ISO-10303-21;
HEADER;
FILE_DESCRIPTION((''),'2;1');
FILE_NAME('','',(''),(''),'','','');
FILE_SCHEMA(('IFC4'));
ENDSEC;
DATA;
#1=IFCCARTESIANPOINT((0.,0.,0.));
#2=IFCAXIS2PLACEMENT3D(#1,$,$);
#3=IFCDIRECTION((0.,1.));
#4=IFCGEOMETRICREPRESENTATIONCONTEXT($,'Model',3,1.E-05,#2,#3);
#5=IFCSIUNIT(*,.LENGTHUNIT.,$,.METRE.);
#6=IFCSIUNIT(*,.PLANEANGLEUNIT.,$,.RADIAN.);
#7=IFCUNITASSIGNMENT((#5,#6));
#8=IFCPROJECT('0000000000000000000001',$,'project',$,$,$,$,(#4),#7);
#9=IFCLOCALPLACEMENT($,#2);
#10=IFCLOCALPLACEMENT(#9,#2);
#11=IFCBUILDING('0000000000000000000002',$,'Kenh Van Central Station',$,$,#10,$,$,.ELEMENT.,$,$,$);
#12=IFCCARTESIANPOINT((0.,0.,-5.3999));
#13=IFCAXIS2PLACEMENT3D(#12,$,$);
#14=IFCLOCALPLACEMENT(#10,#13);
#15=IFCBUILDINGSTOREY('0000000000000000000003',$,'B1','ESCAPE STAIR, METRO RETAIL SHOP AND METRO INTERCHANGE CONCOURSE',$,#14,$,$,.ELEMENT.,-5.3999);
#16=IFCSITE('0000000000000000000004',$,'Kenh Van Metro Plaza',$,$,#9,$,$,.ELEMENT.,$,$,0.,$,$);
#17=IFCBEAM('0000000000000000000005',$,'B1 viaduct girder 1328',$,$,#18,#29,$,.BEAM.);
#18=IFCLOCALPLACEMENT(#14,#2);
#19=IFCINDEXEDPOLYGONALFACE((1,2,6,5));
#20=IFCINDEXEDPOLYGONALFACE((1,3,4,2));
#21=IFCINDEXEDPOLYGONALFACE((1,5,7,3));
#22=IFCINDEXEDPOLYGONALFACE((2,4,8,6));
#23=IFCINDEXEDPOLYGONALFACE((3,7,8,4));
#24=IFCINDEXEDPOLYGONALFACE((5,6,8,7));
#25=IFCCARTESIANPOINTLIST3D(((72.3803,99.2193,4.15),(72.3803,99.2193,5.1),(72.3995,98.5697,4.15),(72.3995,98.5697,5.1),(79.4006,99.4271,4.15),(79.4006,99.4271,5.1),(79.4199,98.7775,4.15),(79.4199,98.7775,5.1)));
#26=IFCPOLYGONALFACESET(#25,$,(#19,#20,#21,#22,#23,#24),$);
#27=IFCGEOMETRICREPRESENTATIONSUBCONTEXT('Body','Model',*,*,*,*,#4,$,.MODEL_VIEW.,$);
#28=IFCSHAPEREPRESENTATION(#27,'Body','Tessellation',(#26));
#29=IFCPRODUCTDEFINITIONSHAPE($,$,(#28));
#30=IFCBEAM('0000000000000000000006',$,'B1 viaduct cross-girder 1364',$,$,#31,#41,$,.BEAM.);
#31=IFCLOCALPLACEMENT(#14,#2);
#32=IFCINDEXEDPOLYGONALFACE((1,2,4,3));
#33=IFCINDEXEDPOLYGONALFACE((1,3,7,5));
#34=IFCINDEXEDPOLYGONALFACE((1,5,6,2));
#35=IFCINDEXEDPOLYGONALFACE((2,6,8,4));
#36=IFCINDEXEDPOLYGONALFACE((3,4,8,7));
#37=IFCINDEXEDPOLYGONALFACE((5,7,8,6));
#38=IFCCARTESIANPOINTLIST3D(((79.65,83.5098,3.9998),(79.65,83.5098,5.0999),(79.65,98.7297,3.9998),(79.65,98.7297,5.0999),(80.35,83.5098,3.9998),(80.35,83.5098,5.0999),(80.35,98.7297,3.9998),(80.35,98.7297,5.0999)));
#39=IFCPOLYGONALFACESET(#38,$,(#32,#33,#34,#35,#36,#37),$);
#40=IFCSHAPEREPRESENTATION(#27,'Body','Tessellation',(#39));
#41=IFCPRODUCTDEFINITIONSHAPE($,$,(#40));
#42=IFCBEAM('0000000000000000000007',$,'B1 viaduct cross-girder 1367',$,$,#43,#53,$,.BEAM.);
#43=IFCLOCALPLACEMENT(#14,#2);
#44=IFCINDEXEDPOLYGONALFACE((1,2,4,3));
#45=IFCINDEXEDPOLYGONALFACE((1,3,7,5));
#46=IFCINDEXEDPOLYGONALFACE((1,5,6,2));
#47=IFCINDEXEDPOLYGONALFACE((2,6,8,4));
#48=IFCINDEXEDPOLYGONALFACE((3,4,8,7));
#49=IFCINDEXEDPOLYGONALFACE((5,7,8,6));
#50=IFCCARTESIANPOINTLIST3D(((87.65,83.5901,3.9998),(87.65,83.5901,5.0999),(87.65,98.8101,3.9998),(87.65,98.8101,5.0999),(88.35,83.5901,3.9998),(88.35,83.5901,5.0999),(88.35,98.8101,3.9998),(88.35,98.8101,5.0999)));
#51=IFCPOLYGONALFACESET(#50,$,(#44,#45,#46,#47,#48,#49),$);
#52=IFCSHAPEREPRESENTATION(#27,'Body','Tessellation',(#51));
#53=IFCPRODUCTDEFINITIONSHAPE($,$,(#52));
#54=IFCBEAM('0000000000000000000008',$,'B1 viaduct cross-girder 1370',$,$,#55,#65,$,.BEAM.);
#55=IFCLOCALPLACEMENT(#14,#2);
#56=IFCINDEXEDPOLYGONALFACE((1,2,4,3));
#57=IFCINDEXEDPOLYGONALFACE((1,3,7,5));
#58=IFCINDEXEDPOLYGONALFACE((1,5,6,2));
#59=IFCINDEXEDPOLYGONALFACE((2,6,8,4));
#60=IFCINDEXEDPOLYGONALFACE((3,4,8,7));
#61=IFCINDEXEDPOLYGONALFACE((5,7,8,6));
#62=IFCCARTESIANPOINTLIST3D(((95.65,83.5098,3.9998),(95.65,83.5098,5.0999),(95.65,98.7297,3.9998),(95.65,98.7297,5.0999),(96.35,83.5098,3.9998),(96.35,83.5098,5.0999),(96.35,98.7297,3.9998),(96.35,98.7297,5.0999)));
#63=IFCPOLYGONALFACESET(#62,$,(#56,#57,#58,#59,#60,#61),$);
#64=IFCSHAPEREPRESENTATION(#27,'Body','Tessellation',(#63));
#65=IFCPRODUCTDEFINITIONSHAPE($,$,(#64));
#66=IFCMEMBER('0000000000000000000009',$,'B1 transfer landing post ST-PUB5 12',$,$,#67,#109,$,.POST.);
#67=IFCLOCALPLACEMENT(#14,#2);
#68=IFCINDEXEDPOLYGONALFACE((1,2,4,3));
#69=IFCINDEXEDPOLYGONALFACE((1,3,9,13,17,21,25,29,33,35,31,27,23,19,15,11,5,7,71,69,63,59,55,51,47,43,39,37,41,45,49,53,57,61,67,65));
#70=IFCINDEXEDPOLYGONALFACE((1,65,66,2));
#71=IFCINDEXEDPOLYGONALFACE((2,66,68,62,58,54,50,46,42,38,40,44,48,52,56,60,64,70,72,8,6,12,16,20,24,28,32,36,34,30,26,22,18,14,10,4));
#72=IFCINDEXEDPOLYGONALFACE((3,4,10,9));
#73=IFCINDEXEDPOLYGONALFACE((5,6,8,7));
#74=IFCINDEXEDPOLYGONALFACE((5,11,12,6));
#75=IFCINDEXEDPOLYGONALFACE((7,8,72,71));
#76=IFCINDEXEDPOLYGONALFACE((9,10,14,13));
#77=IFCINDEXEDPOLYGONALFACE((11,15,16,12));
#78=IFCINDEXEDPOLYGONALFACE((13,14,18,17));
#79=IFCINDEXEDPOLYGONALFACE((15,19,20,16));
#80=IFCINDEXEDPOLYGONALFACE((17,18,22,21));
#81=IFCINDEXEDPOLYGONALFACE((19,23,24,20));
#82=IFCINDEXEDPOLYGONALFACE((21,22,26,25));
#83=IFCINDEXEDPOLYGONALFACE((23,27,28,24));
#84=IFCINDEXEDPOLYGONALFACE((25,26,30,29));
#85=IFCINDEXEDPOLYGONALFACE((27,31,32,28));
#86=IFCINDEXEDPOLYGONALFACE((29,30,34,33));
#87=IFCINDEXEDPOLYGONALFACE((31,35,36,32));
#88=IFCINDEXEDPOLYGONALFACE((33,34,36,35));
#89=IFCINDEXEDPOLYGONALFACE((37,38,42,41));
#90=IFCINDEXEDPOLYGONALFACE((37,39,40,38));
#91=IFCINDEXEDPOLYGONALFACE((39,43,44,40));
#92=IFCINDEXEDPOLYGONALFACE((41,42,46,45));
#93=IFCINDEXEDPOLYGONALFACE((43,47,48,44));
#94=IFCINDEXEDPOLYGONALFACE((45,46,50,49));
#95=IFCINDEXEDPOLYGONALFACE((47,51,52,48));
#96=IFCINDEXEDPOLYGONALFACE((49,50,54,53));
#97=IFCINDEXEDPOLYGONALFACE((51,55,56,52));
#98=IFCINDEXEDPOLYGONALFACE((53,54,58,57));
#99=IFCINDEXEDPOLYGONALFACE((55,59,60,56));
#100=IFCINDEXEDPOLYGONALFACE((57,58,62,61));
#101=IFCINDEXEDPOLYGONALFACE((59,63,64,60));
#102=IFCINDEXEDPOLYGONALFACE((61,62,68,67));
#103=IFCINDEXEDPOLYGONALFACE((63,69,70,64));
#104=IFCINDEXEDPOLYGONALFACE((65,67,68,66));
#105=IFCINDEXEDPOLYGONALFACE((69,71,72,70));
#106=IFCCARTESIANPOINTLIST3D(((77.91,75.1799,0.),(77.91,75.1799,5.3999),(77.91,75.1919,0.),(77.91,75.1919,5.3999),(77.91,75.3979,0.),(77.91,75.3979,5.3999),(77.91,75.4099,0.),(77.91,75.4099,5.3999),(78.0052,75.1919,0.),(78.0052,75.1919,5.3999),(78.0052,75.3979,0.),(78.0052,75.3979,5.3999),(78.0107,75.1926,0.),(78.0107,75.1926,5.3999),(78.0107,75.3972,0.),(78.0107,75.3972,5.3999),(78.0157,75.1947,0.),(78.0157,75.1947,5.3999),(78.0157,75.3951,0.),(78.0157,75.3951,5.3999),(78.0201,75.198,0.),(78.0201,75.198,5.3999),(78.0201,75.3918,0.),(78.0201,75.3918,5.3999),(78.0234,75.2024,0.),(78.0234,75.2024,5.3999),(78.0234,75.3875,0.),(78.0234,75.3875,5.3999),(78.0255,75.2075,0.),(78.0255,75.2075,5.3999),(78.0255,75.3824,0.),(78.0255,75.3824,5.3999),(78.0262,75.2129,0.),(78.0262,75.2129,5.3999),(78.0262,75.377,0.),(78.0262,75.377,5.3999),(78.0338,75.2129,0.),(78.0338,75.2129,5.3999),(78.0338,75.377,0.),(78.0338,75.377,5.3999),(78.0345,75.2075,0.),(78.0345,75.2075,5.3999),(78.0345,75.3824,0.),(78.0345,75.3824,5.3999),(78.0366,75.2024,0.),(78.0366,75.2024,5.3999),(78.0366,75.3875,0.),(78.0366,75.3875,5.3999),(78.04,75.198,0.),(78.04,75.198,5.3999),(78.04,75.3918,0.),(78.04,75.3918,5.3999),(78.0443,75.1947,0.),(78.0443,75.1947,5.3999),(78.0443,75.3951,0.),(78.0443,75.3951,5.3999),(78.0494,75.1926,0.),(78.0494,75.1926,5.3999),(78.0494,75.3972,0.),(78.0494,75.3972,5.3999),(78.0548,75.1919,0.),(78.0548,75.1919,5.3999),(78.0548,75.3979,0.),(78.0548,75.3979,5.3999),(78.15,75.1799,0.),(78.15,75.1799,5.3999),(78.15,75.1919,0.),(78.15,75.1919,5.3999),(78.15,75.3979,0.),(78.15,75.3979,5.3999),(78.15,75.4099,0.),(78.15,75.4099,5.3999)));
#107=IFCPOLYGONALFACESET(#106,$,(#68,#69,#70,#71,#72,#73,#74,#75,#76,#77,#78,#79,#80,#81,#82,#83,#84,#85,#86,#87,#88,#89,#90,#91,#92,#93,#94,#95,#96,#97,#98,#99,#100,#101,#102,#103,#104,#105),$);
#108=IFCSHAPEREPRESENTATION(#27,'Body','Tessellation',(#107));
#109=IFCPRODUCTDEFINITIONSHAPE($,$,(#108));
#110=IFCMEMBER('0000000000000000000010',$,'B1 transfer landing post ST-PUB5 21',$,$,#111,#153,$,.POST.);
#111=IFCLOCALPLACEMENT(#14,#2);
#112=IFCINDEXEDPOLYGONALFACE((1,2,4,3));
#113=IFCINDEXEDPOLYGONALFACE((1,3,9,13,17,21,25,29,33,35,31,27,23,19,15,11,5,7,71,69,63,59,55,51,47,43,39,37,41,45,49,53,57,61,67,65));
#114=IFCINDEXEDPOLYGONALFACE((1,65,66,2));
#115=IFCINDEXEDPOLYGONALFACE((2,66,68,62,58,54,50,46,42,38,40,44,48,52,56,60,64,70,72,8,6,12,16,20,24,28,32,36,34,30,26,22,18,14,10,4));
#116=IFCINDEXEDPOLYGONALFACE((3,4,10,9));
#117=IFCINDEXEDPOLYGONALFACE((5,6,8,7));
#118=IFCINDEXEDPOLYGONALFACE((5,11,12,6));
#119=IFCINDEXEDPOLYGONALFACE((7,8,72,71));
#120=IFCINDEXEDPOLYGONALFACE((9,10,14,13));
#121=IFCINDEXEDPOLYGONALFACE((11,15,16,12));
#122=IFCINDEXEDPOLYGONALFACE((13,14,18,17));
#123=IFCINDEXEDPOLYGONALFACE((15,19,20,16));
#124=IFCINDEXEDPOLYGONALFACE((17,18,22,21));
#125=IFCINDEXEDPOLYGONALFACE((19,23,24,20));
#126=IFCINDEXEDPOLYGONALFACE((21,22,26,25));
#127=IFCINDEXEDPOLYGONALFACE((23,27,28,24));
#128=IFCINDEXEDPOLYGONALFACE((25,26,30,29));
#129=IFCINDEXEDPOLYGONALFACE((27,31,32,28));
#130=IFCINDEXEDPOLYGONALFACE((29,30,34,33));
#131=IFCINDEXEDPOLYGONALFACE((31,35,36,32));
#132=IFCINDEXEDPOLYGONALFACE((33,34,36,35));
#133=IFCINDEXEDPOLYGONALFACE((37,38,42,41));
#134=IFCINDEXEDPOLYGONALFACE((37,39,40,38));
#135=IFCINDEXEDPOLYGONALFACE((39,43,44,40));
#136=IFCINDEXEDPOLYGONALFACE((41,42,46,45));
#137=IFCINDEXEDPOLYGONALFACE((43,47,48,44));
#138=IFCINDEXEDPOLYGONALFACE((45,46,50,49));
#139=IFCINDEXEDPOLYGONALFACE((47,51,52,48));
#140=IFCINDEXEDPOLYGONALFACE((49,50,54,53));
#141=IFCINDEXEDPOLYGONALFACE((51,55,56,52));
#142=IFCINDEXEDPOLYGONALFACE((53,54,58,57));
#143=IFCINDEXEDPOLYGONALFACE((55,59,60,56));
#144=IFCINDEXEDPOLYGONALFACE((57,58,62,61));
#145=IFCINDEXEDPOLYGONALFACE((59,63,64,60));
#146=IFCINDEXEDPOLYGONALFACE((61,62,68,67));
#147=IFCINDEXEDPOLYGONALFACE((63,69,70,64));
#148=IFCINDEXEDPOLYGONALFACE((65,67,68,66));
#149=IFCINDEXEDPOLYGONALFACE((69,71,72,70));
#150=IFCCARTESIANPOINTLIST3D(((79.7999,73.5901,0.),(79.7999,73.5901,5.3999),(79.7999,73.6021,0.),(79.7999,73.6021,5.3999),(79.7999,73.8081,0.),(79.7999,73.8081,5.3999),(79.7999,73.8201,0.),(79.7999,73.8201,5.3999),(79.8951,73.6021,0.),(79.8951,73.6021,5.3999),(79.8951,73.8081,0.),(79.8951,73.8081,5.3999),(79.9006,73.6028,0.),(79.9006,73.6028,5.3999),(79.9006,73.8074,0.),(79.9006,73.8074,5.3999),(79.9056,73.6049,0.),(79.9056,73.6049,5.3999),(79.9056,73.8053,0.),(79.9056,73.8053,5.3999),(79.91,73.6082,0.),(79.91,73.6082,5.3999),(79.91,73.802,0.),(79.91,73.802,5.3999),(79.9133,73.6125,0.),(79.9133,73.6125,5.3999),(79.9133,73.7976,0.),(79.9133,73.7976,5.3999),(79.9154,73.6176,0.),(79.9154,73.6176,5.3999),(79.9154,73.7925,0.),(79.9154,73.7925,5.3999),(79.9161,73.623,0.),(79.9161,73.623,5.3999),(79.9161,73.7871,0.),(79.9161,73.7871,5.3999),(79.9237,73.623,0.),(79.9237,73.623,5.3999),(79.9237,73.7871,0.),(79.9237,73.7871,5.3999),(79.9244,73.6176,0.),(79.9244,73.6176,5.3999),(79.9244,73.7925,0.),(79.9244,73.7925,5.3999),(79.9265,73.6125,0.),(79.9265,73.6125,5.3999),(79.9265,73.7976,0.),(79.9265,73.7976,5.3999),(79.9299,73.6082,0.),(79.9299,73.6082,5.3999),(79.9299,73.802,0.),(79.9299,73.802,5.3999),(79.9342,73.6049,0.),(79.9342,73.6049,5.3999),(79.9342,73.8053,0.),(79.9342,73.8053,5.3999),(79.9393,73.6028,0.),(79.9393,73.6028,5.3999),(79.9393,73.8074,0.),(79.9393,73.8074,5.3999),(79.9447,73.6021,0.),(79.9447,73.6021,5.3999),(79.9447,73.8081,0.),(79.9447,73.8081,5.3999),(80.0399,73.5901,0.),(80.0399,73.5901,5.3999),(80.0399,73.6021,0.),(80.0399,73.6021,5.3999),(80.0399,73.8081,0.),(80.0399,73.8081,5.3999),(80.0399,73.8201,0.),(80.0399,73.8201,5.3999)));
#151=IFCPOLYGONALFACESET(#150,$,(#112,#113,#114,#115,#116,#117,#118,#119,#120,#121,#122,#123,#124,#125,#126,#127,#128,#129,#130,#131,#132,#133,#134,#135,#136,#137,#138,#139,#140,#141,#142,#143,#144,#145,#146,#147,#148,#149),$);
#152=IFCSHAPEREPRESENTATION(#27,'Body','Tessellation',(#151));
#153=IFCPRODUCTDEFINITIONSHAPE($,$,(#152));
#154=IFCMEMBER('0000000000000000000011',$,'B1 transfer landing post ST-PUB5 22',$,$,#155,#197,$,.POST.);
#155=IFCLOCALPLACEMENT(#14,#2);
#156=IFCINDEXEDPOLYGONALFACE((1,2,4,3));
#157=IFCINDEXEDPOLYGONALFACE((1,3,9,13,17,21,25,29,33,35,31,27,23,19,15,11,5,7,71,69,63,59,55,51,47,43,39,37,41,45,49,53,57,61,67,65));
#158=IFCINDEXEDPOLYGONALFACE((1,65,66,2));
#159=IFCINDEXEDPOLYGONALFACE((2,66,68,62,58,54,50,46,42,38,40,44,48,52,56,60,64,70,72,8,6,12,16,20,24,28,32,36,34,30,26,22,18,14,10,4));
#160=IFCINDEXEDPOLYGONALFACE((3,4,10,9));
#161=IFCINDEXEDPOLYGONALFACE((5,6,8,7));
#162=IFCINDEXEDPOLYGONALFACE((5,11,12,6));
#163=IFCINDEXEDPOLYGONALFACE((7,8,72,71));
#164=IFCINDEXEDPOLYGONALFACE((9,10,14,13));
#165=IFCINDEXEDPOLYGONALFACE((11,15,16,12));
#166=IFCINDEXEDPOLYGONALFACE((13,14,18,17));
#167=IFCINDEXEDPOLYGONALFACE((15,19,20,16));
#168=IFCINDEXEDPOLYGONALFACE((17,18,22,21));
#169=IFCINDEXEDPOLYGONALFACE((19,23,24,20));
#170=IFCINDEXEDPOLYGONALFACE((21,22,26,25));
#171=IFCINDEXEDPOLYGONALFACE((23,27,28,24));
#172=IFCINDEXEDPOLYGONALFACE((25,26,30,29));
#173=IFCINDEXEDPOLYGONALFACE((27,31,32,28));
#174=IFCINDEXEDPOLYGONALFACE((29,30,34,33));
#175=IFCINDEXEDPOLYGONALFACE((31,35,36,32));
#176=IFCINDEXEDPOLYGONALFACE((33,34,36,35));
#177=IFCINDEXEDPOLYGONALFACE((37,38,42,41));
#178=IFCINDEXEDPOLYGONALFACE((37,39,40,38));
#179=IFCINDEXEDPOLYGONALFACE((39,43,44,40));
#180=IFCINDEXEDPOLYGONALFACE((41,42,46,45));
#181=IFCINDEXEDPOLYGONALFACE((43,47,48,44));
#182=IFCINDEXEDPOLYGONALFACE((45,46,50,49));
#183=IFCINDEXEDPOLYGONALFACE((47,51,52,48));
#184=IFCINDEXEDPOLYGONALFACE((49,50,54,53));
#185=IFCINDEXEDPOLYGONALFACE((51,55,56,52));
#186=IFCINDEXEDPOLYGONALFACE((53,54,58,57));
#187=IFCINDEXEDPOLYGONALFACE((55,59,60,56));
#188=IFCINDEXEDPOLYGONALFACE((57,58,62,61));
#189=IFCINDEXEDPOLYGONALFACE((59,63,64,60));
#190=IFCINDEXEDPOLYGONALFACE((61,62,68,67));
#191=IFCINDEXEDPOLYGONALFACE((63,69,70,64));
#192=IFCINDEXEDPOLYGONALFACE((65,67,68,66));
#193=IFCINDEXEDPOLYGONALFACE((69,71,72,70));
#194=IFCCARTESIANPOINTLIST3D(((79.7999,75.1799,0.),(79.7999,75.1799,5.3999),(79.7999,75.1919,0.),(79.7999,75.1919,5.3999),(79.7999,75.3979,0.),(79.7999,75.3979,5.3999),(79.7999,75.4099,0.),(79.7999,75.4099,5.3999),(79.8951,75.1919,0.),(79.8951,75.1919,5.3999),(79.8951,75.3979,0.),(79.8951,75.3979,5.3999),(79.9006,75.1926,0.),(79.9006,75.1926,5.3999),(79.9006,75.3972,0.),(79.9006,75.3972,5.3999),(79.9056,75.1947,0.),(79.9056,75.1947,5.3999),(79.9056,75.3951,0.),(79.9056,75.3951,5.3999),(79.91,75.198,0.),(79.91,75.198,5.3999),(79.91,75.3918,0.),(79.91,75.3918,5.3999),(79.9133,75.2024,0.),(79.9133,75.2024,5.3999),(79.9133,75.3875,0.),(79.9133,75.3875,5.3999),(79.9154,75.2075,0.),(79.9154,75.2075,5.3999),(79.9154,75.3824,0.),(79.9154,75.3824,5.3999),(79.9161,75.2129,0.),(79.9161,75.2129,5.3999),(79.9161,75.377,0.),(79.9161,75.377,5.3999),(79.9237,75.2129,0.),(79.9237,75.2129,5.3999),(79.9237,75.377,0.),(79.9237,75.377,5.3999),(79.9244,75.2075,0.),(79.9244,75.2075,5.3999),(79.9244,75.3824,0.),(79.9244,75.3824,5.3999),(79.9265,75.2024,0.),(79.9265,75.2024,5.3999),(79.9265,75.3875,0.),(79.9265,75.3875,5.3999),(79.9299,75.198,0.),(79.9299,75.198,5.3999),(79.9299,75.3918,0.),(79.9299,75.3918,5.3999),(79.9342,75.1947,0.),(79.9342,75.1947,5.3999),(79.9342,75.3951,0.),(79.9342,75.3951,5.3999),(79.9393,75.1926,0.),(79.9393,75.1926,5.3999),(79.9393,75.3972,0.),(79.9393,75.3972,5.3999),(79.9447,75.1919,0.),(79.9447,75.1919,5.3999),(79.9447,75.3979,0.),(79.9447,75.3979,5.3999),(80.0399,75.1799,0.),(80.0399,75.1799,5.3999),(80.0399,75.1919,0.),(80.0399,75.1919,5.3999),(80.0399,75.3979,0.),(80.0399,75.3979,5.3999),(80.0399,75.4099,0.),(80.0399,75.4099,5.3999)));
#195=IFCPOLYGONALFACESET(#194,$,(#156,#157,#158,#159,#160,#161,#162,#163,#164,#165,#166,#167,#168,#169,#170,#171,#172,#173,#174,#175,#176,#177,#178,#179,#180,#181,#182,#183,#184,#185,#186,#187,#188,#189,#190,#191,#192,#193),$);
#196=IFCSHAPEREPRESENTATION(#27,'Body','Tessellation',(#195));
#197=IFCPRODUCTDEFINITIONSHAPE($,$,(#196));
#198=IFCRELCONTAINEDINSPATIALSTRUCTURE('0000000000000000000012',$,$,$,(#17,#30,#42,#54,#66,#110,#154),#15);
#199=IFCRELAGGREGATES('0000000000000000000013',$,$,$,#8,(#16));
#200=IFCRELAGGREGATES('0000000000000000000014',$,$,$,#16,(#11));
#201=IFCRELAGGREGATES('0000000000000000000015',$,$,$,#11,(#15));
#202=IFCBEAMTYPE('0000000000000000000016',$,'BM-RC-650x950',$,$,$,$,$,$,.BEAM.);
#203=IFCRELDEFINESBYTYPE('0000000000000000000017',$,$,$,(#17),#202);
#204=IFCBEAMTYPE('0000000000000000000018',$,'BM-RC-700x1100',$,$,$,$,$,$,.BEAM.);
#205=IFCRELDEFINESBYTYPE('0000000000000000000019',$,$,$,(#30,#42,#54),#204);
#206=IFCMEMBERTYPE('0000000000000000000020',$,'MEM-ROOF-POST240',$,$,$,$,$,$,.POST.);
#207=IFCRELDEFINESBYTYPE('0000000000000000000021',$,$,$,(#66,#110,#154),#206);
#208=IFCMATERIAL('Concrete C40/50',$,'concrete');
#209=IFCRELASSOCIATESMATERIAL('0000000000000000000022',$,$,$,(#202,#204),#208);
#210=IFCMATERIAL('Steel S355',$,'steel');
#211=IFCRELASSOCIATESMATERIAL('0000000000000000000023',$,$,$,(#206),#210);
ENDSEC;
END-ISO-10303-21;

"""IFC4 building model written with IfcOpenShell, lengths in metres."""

from ifc_helpers import new_model, si_unit, direction, frame, origin, origin_2d, place, context, subcontext, project, spatial, rectangle, i_section, extrude, material, material_profile, profile_set, type_object, element, save


model = new_model("IFC4")

# Units and contexts
model_context = context("Model", 3, precision=1e-05, world=origin(), true_north=direction((0.0, 1.0)))
body_context = subcontext(model_context, "Body", "Model", "MODEL_VIEW")
ifc_project = project(units=[si_unit("LENGTHUNIT", "METRE"), si_unit("PLANEANGLEUNIT", "RADIAN")], contexts=[model_context])

# Site, building, storey
site_placement = place(None, origin())
site = spatial("IfcSite", under=ifc_project, at=site_placement, Name="Kenh Van Metro Plaza", CompositionType="ELEMENT", RefElevation=0.0)
building_placement = place(site_placement, origin())
building = spatial("IfcBuilding", under=site, at=building_placement, Name="Kenh Van Central Station", CompositionType="ELEMENT")
storey_placement = place(building_placement, frame((0.0, 0.0, -5.3999)))
storey = spatial("IfcBuildingStorey", under=building, at=storey_placement, Name="B1", Description="ESCAPE STAIR, METRO RETAIL SHOP AND METRO INTERCHANGE CONCOURSE", CompositionType="ELEMENT", Elevation=-5.3999)

# Shared definitions
ifc_material_1 = material(Name="Concrete C40/50", Category="concrete")

# Beams
ifc_material_profile_1 = material_profile(ifc_material_1, rectangle(XDim=0.6499, YDim=0.95, at=origin_2d()), Name="RC 650x950")
ifc_profile_set_1 = profile_set([ifc_material_profile_1], Name="Concrete C40/50")
beam_type_1 = type_object("IfcBeamType", Name="BM-RC-650x950", PredefinedType="BEAM", material=ifc_profile_set_1)
for number, where, z_axis, x_axis, name in (
    (1, (72.3899, 98.8945, 4.625), (0.999562, 0.029582, 0.0), (-0.029582, 0.999562, 0.0), "B1 viaduct girder 1328"),
):
    element("IfcBeam", number, at=place(storey_placement, frame(where, z_axis=z_axis, x_axis=x_axis)), inside=storey, type_object=beam_type_1, Name=name, PredefinedType="BEAM", context=body_context, shape_type="SweptSolid", body=[
        extrude(rectangle(XDim=0.6499, YDim=0.95, at=origin_2d()), origin(), (0.0, 0.0, 1.0), 7.0234),
    ])
ifc_material_profile_2 = material_profile(ifc_material_1, rectangle(XDim=0.7, YDim=1.1001, at=origin_2d()), Name="RC 700x1100")
ifc_profile_set_2 = profile_set([ifc_material_profile_2], Name="Concrete C40/50")
beam_type_2 = type_object("IfcBeamType", Name="BM-RC-700x1100", PredefinedType="BEAM", material=ifc_profile_set_2)
for number, where, z_axis, x_axis, name in (
    (2, (80.0, 83.5098, 4.5498), (0.0, 1.0, 0.0), (-1.0, 0.0, 0.0), "B1 viaduct cross-girder 1364"),
    (3, (88.0, 83.5901, 4.5498), (0.0, 1.0, 0.0), (-1.0, 0.0, 0.0), "B1 viaduct cross-girder 1367"),
    (4, (96.0, 83.5098, 4.5498), (0.0, 1.0, 0.0), (-1.0, 0.0, 0.0), "B1 viaduct cross-girder 1370"),
):
    element("IfcBeam", number, at=place(storey_placement, frame(where, z_axis=z_axis, x_axis=x_axis)), inside=storey, type_object=beam_type_2, Name=name, PredefinedType="BEAM", context=body_context, shape_type="SweptSolid", body=[
        extrude(rectangle(XDim=0.7, YDim=1.1001, at=origin_2d()), origin(), (0.0, 0.0, 1.0), 15.22),
    ])

# Members
ifc_material_2 = material(Name="Steel S355", Category="steel")
ifc_material_profile_3 = material_profile(ifc_material_2, i_section(OverallWidth=0.24, OverallDepth=0.23, WebThickness=0.0076, FlangeThickness=0.012, FilletRadius=0.021, at=origin_2d()), Name="HEA 240")
ifc_profile_set_3 = profile_set([ifc_material_profile_3], Name="Steel S355")
member_type = type_object("IfcMemberType", Name="MEM-ROOF-POST240", PredefinedType="POST", material=ifc_profile_set_3)
for number, where, z_axis, x_axis, name in (
    (5, (78.03, 75.2949, 0.0), (0.0, 0.0, 1.0), (1.0, 0.0, 0.0), "B1 transfer landing post ST-PUB5 12"),
    (6, (79.9199, 73.7051, 0.0), (0.0, 0.0, 1.0), (1.0, 0.0, 0.0), "B1 transfer landing post ST-PUB5 21"),
    (7, (79.9199, 75.2949, 0.0), (0.0, 0.0, 1.0), (1.0, 0.0, 0.0), "B1 transfer landing post ST-PUB5 22"),
):
    element("IfcMember", number, at=place(storey_placement, frame(where, z_axis=z_axis, x_axis=x_axis)), inside=storey, type_object=member_type, Name=name, PredefinedType="POST", context=body_context, shape_type="SweptSolid", body=[
        extrude(i_section(OverallWidth=0.24, OverallDepth=0.23, WebThickness=0.0076, FlangeThickness=0.012, FilletRadius=0.021, at=origin_2d()), origin(), (0.0, 0.0, 1.0), 5.3999),
    ])

save(model, "model.ifc")
